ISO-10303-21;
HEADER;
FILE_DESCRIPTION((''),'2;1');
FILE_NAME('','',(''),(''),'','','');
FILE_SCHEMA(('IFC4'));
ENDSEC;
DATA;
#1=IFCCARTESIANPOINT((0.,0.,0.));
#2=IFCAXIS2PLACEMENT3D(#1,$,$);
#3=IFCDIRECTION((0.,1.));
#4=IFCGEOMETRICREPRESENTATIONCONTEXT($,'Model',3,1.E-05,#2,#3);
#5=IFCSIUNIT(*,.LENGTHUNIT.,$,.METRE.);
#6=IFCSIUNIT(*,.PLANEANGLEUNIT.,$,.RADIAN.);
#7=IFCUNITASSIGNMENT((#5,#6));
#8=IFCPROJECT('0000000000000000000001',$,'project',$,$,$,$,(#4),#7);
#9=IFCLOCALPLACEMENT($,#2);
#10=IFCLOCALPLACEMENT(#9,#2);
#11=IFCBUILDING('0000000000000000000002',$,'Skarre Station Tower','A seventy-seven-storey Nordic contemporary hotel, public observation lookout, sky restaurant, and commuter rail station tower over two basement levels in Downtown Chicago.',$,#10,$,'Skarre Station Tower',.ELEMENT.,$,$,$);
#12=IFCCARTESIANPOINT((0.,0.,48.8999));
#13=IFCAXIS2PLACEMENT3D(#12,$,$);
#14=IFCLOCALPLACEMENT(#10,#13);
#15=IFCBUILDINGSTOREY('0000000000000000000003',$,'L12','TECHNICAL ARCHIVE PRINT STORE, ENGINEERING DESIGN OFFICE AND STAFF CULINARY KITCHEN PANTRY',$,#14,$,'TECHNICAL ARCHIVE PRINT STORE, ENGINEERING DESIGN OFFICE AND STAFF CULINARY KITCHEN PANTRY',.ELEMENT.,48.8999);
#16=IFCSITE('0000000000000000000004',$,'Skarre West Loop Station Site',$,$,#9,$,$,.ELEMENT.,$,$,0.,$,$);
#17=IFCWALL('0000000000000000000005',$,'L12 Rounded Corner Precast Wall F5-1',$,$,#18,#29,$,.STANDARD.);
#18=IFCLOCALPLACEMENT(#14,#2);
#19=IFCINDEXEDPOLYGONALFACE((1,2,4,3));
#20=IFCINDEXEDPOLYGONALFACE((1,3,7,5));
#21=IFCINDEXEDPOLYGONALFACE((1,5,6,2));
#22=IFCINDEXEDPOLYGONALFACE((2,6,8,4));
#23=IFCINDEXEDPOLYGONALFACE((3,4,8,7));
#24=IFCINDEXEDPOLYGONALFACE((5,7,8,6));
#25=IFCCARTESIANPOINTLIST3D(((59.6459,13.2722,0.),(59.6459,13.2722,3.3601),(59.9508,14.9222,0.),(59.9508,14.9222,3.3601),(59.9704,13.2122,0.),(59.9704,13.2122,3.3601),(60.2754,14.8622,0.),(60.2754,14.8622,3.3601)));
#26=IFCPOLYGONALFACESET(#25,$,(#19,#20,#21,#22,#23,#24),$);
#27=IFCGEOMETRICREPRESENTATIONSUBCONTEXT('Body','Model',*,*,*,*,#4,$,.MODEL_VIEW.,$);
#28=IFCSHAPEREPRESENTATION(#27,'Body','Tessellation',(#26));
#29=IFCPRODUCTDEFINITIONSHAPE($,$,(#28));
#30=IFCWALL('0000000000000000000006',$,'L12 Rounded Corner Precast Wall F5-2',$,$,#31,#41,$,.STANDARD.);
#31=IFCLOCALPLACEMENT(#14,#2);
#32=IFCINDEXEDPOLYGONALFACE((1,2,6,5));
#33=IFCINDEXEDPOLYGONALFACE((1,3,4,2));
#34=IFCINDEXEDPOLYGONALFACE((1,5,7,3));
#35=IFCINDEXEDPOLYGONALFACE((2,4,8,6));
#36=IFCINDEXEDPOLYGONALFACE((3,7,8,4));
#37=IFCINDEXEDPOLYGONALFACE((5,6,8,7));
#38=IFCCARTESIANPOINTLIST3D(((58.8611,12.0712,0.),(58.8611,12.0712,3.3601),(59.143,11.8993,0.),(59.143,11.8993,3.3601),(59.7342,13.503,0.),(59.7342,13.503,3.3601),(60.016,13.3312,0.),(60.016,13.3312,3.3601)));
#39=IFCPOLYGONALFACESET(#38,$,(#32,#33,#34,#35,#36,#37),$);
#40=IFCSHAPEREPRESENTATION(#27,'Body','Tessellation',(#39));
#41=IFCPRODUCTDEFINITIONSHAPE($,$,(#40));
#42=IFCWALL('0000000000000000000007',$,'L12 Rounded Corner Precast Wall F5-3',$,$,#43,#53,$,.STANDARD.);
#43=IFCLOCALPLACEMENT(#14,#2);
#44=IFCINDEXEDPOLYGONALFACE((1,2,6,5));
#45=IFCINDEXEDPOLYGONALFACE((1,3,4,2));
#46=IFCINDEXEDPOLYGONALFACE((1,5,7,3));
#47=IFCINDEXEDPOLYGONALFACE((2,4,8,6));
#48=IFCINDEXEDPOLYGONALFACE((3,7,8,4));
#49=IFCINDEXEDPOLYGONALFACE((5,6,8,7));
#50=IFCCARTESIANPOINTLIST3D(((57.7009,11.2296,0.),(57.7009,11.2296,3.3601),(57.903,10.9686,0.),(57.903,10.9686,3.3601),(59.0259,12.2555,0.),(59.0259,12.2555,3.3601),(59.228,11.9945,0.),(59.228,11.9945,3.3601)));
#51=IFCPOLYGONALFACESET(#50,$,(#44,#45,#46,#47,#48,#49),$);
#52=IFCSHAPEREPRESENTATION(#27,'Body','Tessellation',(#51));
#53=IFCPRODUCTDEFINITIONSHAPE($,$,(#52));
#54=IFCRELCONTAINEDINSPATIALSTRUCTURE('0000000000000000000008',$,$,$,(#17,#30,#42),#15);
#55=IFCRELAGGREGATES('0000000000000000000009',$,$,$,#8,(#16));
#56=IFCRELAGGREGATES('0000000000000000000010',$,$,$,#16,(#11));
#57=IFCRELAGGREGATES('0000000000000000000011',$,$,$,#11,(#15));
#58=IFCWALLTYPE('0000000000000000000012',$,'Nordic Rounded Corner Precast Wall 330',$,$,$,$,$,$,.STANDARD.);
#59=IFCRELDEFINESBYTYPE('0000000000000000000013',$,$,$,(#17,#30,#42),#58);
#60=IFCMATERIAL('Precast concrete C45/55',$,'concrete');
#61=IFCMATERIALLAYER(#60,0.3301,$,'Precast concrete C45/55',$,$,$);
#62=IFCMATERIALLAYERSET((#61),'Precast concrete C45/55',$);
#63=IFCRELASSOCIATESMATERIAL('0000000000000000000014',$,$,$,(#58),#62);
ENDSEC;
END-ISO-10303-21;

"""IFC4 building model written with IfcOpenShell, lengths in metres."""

from ifc_helpers import new_model, si_unit, direction, frame, frame_2d, origin, place, context, subcontext, project, spatial, rectangle, extrude, material, layer, layer_set, type_object, element, save


model = new_model("IFC4")

# Units and contexts
model_context = context("Model", 3, precision=1e-05, world=origin(), true_north=direction((0.0, 1.0)))
body_context = subcontext(model_context, "Body", "Model", "MODEL_VIEW")
ifc_project = project(units=[si_unit("LENGTHUNIT", "METRE"), si_unit("PLANEANGLEUNIT", "RADIAN")], contexts=[model_context])

# Site, building, storey
site_placement = place(None, origin())
site = spatial("IfcSite", under=ifc_project, at=site_placement, Name="Skarre West Loop Station Site", CompositionType="ELEMENT", RefElevation=0.0)
building_placement = place(site_placement, origin())
building = spatial("IfcBuilding", under=site, at=building_placement, Name="Skarre Station Tower", Description="A seventy-seven-storey Nordic contemporary hotel, public observation lookout, sky restaurant, and commuter rail station tower over two basement levels in Downtown Chicago.", LongName="Skarre Station Tower", CompositionType="ELEMENT")
storey_placement = place(building_placement, frame((0.0, 0.0, 48.8999)))
storey = spatial("IfcBuildingStorey", under=building, at=storey_placement, Name="L12", Description="TECHNICAL ARCHIVE PRINT STORE, ENGINEERING DESIGN OFFICE AND STAFF CULINARY KITCHEN PANTRY", LongName="TECHNICAL ARCHIVE PRINT STORE, ENGINEERING DESIGN OFFICE AND STAFF CULINARY KITCHEN PANTRY", CompositionType="ELEMENT", Elevation=48.8999)

# Walls
ifc_material_1 = material(Name="Precast concrete C45/55", Category="concrete")
ifc_layer_1 = layer(ifc_material_1, 0.3301, Name="Precast concrete C45/55")
ifc_layer_set_1 = layer_set([ifc_layer_1], Name="Precast concrete C45/55")
wall_type = type_object("IfcWallType", Name="Nordic Rounded Corner Precast Wall 330", PredefinedType="STANDARD", material=ifc_layer_set_1)
wall_1_placement = place(storey_placement, frame((60.113, 14.8921, 0.0), z_axis=(0.0, 0.0, 1.0), x_axis=(-0.181714, -0.983351, 0.0)))
element("IfcWall", 1, at=wall_1_placement, inside=storey, type_object=wall_type, Name="L12 Rounded Corner Precast Wall F5-1", PredefinedType="STANDARD", context=body_context, shape_type="SweptSolid", body=[
    extrude(rectangle(XDim=1.678, YDim=0.3301, at=frame_2d((0.8389, 0.0))), origin(), (0.0, 0.0, 1.0), 3.3601),
])
wall_2_placement = place(storey_placement, frame((59.875, 13.417, 0.0), z_axis=(0.0, 0.0, 1.0), x_axis=(-0.520584, -0.85381, 0.0)))
element("IfcWall", 2, at=wall_2_placement, inside=storey, type_object=wall_type, Name="L12 Rounded Corner Precast Wall F5-2", PredefinedType="STANDARD", context=body_context, shape_type="SweptSolid", body=[
    extrude(rectangle(XDim=1.677, YDim=0.3301, at=frame_2d((0.8384, 0.0))), origin(), (0.0, 0.0, 1.0), 3.3601),
])
wall_3_placement = place(storey_placement, frame((59.127, 12.125, 0.0), z_axis=(0.0, 0.0, 1.0), x_axis=(-0.790692, -0.612214, 0.0)))
element("IfcWall", 3, at=wall_3_placement, inside=storey, type_object=wall_type, Name="L12 Rounded Corner Precast Wall F5-3", PredefinedType="STANDARD", context=body_context, shape_type="SweptSolid", body=[
    extrude(rectangle(XDim=1.6758, YDim=0.3301, at=frame_2d((0.8379, 0.0))), origin(), (0.0, 0.0, 1.0), 3.3601),
])

save(model, "model.ifc")
